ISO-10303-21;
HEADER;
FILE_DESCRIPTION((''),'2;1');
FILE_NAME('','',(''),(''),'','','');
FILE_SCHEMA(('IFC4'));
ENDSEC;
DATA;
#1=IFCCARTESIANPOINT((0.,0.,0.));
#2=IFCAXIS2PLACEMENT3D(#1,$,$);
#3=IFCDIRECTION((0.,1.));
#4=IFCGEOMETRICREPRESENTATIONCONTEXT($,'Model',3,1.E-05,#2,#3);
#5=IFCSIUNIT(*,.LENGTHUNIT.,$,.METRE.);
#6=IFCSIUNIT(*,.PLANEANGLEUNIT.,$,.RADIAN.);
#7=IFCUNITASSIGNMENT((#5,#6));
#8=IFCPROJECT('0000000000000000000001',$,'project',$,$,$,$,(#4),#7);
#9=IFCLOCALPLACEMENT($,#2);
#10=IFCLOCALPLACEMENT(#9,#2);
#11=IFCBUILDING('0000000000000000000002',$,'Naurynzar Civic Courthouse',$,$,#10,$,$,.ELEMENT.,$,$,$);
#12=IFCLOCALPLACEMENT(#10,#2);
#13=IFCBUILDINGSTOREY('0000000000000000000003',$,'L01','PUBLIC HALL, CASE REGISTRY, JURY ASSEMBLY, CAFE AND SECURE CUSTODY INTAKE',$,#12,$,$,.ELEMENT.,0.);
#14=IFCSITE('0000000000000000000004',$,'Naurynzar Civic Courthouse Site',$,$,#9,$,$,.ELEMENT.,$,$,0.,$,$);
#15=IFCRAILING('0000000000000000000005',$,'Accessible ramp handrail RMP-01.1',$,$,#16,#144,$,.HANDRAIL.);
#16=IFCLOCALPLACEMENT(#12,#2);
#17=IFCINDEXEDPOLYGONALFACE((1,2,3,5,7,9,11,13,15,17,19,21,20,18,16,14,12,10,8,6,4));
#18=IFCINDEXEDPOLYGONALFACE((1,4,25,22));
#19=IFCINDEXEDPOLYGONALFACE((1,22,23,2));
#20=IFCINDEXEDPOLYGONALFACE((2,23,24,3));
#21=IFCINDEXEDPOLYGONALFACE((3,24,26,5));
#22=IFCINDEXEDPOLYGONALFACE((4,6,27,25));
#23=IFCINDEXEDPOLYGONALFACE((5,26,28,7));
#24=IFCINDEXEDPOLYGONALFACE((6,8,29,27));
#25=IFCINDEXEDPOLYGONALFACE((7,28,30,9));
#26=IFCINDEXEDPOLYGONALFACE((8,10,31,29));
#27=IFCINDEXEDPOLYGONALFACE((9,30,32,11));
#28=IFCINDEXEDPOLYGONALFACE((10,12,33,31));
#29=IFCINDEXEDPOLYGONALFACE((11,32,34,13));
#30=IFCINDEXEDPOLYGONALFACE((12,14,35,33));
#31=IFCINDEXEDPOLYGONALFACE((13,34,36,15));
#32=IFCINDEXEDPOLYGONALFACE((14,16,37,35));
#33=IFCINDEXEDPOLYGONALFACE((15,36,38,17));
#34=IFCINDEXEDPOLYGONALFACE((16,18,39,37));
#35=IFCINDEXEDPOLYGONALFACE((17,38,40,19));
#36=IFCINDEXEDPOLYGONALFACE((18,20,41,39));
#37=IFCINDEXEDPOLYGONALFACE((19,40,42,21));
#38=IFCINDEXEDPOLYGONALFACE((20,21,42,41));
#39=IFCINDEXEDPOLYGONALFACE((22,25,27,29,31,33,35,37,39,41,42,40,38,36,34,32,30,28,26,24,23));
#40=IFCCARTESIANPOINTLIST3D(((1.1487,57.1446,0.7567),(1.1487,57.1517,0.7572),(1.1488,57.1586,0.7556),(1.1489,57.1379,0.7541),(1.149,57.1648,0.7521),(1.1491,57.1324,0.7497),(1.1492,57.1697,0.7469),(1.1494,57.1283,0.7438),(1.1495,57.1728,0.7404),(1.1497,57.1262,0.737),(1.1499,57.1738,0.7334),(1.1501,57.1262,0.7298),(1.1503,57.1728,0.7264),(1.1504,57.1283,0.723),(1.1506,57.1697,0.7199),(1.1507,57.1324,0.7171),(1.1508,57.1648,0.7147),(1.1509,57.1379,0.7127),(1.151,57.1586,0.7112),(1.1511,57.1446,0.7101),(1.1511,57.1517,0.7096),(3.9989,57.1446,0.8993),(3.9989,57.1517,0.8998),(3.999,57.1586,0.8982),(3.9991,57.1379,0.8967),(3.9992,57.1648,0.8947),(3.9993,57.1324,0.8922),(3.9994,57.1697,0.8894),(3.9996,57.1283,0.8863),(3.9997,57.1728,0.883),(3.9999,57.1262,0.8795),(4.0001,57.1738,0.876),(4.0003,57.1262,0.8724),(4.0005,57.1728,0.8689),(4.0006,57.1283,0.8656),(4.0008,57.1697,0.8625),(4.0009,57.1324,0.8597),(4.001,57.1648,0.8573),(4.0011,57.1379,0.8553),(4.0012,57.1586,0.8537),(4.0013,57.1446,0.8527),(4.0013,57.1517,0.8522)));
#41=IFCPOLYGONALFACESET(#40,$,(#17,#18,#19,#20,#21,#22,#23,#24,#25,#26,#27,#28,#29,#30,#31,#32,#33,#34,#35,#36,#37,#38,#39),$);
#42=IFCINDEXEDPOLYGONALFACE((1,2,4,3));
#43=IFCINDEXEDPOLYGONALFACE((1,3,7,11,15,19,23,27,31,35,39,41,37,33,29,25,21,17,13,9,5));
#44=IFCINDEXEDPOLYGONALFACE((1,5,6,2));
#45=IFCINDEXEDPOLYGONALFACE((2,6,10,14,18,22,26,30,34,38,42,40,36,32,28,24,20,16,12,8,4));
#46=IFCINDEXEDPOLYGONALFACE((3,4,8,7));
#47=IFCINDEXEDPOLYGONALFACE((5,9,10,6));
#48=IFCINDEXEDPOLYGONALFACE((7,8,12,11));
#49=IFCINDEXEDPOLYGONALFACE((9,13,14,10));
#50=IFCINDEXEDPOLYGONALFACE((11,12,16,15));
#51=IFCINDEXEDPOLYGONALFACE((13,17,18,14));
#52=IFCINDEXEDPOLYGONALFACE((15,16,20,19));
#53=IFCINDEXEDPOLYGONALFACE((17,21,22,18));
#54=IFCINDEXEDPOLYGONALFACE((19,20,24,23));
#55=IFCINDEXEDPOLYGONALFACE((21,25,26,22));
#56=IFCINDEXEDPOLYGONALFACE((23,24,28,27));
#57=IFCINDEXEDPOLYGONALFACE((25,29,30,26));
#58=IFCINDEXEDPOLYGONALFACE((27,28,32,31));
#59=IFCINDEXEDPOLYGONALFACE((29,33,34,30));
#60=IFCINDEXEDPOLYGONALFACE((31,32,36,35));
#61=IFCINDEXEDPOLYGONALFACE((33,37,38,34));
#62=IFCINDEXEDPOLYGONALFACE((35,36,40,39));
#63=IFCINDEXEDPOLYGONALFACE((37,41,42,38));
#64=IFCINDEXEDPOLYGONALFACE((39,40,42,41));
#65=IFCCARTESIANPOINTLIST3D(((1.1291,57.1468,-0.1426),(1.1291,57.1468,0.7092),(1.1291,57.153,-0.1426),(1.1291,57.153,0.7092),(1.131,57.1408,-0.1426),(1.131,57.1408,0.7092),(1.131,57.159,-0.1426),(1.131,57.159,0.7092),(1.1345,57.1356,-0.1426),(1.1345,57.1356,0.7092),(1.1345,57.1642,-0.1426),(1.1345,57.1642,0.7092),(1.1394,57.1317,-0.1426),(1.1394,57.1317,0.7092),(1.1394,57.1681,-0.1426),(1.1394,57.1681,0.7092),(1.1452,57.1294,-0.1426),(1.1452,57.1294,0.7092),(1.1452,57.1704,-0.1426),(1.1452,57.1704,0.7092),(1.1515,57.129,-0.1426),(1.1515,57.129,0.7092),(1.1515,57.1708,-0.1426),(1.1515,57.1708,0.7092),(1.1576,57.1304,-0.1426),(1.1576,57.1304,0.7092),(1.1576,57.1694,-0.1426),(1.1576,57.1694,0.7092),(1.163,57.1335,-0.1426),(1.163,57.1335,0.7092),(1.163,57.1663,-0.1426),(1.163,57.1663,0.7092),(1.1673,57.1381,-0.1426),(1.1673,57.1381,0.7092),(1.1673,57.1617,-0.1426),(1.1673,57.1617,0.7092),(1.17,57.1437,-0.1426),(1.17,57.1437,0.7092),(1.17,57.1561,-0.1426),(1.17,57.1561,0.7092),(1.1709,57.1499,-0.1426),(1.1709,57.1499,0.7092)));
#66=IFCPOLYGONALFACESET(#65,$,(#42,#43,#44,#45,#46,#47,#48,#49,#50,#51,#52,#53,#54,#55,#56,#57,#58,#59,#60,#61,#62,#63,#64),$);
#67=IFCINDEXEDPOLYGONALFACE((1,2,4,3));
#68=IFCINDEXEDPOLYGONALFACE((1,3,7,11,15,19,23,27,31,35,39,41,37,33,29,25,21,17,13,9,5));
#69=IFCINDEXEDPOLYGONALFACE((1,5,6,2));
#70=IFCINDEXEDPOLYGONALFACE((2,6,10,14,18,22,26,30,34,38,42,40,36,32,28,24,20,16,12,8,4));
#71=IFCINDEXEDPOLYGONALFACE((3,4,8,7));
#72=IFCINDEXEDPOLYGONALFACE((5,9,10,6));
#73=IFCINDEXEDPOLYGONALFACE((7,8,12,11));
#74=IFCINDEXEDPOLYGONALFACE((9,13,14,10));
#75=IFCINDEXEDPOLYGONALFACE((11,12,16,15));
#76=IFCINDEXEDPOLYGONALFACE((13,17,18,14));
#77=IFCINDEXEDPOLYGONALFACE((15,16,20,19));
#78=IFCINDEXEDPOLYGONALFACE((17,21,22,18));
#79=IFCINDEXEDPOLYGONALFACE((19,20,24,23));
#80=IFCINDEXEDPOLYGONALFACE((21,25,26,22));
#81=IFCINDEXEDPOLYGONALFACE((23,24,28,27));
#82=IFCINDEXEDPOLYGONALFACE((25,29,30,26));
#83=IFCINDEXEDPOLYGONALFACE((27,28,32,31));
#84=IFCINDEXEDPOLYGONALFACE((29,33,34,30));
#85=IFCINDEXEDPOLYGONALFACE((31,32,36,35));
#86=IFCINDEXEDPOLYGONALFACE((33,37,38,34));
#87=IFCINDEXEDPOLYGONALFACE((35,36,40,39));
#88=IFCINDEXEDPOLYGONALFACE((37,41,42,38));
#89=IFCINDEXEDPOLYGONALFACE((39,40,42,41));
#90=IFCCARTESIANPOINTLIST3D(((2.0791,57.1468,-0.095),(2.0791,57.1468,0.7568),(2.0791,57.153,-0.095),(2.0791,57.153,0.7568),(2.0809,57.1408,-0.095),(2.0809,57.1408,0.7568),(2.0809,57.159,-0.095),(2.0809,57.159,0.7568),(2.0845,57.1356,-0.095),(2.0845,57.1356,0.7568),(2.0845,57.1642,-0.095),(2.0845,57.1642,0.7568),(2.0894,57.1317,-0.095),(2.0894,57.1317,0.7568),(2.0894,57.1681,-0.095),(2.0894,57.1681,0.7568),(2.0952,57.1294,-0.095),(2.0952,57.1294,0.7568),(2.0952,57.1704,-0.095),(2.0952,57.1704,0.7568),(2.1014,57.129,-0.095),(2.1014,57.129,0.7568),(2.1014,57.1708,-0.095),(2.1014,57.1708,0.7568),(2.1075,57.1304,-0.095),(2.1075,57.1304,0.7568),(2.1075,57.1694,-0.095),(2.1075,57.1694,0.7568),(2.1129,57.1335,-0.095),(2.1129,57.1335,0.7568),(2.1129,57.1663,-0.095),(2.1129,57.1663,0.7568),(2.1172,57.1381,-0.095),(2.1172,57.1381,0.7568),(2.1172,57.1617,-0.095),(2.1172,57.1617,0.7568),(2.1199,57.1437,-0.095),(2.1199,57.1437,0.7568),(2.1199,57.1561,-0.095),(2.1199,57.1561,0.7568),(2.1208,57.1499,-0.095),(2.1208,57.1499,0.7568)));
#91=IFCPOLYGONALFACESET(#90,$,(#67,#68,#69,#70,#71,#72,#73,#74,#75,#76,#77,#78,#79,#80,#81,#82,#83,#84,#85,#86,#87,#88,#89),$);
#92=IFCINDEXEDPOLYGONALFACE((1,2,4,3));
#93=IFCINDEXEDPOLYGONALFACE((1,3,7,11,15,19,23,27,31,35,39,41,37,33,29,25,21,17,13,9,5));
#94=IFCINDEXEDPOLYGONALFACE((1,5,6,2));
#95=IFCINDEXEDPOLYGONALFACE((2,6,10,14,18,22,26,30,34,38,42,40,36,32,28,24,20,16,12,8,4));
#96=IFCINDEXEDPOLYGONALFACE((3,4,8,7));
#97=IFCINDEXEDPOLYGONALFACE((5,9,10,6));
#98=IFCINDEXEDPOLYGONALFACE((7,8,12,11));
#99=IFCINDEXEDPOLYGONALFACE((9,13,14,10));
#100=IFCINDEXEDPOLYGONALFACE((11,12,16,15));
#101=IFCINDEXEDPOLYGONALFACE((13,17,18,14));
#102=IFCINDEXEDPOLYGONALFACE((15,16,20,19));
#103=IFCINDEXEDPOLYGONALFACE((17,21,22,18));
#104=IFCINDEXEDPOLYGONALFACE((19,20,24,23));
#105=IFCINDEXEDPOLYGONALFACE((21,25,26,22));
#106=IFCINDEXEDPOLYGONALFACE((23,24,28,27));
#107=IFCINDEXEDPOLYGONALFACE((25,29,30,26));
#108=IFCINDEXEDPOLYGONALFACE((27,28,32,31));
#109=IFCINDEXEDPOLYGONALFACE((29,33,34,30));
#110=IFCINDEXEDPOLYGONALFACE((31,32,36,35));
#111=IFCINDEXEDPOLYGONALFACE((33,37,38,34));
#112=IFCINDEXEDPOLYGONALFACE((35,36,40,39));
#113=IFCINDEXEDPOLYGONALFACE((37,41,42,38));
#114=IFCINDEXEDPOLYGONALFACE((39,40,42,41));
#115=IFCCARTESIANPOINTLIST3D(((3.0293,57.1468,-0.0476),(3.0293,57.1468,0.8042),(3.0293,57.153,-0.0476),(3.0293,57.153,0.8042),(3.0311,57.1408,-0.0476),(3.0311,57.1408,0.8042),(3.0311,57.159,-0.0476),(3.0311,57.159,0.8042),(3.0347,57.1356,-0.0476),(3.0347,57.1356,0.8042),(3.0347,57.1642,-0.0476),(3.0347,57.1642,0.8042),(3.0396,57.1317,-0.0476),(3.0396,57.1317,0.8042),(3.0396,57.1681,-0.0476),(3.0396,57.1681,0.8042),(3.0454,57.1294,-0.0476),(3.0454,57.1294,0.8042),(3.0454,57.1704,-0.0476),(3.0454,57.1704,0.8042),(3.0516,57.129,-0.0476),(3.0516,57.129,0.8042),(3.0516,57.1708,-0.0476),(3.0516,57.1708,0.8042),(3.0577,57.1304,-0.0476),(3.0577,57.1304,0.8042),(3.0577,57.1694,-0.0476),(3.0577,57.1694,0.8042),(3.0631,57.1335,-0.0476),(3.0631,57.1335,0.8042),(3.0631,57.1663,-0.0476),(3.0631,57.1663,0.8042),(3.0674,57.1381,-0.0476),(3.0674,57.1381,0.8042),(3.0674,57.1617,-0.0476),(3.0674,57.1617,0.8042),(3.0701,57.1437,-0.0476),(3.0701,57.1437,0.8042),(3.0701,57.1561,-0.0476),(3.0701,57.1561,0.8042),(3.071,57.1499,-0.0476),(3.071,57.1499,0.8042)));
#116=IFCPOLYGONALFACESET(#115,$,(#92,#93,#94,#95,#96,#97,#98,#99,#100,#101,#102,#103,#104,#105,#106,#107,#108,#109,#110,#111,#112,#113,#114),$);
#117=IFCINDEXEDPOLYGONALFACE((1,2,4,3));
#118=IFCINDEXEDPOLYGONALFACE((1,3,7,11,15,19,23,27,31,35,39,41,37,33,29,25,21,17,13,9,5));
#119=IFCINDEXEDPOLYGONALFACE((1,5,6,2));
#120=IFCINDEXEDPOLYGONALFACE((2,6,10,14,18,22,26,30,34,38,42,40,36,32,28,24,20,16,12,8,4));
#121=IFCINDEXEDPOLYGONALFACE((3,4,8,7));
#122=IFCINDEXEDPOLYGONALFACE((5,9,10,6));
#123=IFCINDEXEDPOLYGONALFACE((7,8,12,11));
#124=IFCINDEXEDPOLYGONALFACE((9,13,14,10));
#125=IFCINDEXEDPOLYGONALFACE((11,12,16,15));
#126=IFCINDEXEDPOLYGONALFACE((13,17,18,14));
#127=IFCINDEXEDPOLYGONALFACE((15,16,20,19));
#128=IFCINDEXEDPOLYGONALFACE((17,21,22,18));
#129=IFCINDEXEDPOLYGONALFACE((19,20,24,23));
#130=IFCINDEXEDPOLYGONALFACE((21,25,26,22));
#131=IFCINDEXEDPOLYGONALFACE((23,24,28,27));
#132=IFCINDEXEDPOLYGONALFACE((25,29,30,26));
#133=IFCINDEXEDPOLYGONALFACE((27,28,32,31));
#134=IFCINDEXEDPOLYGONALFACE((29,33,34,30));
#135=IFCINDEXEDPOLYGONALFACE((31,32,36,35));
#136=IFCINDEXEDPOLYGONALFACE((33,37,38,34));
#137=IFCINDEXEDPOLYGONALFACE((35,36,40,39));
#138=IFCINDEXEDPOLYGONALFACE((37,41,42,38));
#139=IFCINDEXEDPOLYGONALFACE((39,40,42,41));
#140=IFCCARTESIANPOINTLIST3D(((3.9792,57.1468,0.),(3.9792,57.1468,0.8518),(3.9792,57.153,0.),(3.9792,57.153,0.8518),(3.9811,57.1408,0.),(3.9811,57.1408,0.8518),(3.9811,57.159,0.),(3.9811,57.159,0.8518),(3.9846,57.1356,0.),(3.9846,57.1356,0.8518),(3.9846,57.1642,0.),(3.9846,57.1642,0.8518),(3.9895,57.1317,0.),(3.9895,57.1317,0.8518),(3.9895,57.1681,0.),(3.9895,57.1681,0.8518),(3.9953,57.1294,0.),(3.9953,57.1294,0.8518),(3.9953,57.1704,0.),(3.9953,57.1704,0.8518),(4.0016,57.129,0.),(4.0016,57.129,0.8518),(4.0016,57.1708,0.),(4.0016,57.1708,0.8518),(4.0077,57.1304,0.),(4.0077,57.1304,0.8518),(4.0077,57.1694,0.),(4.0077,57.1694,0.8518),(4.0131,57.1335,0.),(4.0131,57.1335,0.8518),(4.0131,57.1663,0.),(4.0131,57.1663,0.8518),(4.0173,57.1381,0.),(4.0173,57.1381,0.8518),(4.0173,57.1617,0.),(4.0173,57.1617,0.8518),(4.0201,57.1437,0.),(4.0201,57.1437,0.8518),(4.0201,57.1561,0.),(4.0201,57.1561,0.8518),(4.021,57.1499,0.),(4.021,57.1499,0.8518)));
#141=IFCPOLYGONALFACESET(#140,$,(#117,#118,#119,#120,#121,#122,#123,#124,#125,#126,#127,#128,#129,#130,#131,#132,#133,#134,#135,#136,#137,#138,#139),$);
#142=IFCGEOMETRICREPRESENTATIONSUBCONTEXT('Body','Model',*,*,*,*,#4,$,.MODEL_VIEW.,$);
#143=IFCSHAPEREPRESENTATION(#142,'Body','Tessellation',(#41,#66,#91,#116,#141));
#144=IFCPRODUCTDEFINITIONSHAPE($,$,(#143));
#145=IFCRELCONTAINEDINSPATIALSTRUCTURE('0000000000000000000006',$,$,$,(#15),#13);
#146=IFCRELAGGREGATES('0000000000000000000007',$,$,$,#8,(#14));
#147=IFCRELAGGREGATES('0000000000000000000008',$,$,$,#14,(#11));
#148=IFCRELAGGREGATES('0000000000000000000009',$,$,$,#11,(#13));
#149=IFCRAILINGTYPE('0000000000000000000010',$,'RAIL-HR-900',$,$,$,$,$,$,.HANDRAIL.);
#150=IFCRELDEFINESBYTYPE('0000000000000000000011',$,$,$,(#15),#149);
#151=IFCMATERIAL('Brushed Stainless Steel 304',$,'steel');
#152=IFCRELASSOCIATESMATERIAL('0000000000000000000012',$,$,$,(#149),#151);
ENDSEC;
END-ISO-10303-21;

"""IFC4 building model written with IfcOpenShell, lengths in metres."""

from ifc_helpers import new_model, si_unit, direction, frame, origin, origin_2d, place, context, subcontext, project, spatial, circle, extrude, material, type_object, element, save


model = new_model("IFC4")

# Units and contexts
model_context = context("Model", 3, precision=1e-05, world=origin(), true_north=direction((0.0, 1.0)))
body_context = subcontext(model_context, "Body", "Model", "MODEL_VIEW")
ifc_project = project(units=[si_unit("LENGTHUNIT", "METRE"), si_unit("PLANEANGLEUNIT", "RADIAN")], contexts=[model_context])

# Site, building, storey
site_placement = place(None, origin())
site = spatial("IfcSite", under=ifc_project, at=site_placement, Name="Naurynzar Civic Courthouse Site", CompositionType="ELEMENT", RefElevation=0.0)
building_placement = place(site_placement, origin())
building = spatial("IfcBuilding", under=site, at=building_placement, Name="Naurynzar Civic Courthouse", CompositionType="ELEMENT")
storey_placement = place(building_placement, origin())
storey = spatial("IfcBuildingStorey", under=building, at=storey_placement, Name="L01", Description="PUBLIC HALL, CASE REGISTRY, JURY ASSEMBLY, CAFE AND SECURE CUSTODY INTAKE", CompositionType="ELEMENT", Elevation=0.0)

# Railing
ifc_material_1 = material(Name="Brushed Stainless Steel 304", Category="steel")
railing_type = type_object("IfcRailingType", Name="RAIL-HR-900", PredefinedType="HANDRAIL", material=ifc_material_1)
for number, where, name in (
    (1, (1.1499, 57.1499, -0.1426), "Accessible ramp handrail RMP-01.1"),
):
    element("IfcRailing", number, at=place(storey_placement, frame(where)), inside=storey, type_object=railing_type, Name=name, PredefinedType="HANDRAIL", context=body_context, shape_type="SweptSolid", body=[
        extrude(circle(Radius=0.0239, at=origin_2d()), frame((0.0, 0.0, 0.876), z_axis=(0.998751, 0.0, 0.049963), x_axis=(0.0, 1.0, 0.0)), (0.0, 0.0, 1.0), 2.8538),
        extrude(circle(Radius=0.021, at=origin_2d()), origin(), (0.0, 0.0, 1.0), 0.8518),
        extrude(circle(Radius=0.021, at=origin_2d()), frame((0.95, 0.0, 0.0476)), (0.0, 0.0, 1.0), 0.8518),
        extrude(circle(Radius=0.021, at=origin_2d()), frame((1.9001, 0.0, 0.095)), (0.0, 0.0, 1.0), 0.8518),
        extrude(circle(Radius=0.021, at=origin_2d()), frame((2.8501, 0.0, 0.1426)), (0.0, 0.0, 1.0), 0.8518),
    ])

save(model, "model.ifc")
